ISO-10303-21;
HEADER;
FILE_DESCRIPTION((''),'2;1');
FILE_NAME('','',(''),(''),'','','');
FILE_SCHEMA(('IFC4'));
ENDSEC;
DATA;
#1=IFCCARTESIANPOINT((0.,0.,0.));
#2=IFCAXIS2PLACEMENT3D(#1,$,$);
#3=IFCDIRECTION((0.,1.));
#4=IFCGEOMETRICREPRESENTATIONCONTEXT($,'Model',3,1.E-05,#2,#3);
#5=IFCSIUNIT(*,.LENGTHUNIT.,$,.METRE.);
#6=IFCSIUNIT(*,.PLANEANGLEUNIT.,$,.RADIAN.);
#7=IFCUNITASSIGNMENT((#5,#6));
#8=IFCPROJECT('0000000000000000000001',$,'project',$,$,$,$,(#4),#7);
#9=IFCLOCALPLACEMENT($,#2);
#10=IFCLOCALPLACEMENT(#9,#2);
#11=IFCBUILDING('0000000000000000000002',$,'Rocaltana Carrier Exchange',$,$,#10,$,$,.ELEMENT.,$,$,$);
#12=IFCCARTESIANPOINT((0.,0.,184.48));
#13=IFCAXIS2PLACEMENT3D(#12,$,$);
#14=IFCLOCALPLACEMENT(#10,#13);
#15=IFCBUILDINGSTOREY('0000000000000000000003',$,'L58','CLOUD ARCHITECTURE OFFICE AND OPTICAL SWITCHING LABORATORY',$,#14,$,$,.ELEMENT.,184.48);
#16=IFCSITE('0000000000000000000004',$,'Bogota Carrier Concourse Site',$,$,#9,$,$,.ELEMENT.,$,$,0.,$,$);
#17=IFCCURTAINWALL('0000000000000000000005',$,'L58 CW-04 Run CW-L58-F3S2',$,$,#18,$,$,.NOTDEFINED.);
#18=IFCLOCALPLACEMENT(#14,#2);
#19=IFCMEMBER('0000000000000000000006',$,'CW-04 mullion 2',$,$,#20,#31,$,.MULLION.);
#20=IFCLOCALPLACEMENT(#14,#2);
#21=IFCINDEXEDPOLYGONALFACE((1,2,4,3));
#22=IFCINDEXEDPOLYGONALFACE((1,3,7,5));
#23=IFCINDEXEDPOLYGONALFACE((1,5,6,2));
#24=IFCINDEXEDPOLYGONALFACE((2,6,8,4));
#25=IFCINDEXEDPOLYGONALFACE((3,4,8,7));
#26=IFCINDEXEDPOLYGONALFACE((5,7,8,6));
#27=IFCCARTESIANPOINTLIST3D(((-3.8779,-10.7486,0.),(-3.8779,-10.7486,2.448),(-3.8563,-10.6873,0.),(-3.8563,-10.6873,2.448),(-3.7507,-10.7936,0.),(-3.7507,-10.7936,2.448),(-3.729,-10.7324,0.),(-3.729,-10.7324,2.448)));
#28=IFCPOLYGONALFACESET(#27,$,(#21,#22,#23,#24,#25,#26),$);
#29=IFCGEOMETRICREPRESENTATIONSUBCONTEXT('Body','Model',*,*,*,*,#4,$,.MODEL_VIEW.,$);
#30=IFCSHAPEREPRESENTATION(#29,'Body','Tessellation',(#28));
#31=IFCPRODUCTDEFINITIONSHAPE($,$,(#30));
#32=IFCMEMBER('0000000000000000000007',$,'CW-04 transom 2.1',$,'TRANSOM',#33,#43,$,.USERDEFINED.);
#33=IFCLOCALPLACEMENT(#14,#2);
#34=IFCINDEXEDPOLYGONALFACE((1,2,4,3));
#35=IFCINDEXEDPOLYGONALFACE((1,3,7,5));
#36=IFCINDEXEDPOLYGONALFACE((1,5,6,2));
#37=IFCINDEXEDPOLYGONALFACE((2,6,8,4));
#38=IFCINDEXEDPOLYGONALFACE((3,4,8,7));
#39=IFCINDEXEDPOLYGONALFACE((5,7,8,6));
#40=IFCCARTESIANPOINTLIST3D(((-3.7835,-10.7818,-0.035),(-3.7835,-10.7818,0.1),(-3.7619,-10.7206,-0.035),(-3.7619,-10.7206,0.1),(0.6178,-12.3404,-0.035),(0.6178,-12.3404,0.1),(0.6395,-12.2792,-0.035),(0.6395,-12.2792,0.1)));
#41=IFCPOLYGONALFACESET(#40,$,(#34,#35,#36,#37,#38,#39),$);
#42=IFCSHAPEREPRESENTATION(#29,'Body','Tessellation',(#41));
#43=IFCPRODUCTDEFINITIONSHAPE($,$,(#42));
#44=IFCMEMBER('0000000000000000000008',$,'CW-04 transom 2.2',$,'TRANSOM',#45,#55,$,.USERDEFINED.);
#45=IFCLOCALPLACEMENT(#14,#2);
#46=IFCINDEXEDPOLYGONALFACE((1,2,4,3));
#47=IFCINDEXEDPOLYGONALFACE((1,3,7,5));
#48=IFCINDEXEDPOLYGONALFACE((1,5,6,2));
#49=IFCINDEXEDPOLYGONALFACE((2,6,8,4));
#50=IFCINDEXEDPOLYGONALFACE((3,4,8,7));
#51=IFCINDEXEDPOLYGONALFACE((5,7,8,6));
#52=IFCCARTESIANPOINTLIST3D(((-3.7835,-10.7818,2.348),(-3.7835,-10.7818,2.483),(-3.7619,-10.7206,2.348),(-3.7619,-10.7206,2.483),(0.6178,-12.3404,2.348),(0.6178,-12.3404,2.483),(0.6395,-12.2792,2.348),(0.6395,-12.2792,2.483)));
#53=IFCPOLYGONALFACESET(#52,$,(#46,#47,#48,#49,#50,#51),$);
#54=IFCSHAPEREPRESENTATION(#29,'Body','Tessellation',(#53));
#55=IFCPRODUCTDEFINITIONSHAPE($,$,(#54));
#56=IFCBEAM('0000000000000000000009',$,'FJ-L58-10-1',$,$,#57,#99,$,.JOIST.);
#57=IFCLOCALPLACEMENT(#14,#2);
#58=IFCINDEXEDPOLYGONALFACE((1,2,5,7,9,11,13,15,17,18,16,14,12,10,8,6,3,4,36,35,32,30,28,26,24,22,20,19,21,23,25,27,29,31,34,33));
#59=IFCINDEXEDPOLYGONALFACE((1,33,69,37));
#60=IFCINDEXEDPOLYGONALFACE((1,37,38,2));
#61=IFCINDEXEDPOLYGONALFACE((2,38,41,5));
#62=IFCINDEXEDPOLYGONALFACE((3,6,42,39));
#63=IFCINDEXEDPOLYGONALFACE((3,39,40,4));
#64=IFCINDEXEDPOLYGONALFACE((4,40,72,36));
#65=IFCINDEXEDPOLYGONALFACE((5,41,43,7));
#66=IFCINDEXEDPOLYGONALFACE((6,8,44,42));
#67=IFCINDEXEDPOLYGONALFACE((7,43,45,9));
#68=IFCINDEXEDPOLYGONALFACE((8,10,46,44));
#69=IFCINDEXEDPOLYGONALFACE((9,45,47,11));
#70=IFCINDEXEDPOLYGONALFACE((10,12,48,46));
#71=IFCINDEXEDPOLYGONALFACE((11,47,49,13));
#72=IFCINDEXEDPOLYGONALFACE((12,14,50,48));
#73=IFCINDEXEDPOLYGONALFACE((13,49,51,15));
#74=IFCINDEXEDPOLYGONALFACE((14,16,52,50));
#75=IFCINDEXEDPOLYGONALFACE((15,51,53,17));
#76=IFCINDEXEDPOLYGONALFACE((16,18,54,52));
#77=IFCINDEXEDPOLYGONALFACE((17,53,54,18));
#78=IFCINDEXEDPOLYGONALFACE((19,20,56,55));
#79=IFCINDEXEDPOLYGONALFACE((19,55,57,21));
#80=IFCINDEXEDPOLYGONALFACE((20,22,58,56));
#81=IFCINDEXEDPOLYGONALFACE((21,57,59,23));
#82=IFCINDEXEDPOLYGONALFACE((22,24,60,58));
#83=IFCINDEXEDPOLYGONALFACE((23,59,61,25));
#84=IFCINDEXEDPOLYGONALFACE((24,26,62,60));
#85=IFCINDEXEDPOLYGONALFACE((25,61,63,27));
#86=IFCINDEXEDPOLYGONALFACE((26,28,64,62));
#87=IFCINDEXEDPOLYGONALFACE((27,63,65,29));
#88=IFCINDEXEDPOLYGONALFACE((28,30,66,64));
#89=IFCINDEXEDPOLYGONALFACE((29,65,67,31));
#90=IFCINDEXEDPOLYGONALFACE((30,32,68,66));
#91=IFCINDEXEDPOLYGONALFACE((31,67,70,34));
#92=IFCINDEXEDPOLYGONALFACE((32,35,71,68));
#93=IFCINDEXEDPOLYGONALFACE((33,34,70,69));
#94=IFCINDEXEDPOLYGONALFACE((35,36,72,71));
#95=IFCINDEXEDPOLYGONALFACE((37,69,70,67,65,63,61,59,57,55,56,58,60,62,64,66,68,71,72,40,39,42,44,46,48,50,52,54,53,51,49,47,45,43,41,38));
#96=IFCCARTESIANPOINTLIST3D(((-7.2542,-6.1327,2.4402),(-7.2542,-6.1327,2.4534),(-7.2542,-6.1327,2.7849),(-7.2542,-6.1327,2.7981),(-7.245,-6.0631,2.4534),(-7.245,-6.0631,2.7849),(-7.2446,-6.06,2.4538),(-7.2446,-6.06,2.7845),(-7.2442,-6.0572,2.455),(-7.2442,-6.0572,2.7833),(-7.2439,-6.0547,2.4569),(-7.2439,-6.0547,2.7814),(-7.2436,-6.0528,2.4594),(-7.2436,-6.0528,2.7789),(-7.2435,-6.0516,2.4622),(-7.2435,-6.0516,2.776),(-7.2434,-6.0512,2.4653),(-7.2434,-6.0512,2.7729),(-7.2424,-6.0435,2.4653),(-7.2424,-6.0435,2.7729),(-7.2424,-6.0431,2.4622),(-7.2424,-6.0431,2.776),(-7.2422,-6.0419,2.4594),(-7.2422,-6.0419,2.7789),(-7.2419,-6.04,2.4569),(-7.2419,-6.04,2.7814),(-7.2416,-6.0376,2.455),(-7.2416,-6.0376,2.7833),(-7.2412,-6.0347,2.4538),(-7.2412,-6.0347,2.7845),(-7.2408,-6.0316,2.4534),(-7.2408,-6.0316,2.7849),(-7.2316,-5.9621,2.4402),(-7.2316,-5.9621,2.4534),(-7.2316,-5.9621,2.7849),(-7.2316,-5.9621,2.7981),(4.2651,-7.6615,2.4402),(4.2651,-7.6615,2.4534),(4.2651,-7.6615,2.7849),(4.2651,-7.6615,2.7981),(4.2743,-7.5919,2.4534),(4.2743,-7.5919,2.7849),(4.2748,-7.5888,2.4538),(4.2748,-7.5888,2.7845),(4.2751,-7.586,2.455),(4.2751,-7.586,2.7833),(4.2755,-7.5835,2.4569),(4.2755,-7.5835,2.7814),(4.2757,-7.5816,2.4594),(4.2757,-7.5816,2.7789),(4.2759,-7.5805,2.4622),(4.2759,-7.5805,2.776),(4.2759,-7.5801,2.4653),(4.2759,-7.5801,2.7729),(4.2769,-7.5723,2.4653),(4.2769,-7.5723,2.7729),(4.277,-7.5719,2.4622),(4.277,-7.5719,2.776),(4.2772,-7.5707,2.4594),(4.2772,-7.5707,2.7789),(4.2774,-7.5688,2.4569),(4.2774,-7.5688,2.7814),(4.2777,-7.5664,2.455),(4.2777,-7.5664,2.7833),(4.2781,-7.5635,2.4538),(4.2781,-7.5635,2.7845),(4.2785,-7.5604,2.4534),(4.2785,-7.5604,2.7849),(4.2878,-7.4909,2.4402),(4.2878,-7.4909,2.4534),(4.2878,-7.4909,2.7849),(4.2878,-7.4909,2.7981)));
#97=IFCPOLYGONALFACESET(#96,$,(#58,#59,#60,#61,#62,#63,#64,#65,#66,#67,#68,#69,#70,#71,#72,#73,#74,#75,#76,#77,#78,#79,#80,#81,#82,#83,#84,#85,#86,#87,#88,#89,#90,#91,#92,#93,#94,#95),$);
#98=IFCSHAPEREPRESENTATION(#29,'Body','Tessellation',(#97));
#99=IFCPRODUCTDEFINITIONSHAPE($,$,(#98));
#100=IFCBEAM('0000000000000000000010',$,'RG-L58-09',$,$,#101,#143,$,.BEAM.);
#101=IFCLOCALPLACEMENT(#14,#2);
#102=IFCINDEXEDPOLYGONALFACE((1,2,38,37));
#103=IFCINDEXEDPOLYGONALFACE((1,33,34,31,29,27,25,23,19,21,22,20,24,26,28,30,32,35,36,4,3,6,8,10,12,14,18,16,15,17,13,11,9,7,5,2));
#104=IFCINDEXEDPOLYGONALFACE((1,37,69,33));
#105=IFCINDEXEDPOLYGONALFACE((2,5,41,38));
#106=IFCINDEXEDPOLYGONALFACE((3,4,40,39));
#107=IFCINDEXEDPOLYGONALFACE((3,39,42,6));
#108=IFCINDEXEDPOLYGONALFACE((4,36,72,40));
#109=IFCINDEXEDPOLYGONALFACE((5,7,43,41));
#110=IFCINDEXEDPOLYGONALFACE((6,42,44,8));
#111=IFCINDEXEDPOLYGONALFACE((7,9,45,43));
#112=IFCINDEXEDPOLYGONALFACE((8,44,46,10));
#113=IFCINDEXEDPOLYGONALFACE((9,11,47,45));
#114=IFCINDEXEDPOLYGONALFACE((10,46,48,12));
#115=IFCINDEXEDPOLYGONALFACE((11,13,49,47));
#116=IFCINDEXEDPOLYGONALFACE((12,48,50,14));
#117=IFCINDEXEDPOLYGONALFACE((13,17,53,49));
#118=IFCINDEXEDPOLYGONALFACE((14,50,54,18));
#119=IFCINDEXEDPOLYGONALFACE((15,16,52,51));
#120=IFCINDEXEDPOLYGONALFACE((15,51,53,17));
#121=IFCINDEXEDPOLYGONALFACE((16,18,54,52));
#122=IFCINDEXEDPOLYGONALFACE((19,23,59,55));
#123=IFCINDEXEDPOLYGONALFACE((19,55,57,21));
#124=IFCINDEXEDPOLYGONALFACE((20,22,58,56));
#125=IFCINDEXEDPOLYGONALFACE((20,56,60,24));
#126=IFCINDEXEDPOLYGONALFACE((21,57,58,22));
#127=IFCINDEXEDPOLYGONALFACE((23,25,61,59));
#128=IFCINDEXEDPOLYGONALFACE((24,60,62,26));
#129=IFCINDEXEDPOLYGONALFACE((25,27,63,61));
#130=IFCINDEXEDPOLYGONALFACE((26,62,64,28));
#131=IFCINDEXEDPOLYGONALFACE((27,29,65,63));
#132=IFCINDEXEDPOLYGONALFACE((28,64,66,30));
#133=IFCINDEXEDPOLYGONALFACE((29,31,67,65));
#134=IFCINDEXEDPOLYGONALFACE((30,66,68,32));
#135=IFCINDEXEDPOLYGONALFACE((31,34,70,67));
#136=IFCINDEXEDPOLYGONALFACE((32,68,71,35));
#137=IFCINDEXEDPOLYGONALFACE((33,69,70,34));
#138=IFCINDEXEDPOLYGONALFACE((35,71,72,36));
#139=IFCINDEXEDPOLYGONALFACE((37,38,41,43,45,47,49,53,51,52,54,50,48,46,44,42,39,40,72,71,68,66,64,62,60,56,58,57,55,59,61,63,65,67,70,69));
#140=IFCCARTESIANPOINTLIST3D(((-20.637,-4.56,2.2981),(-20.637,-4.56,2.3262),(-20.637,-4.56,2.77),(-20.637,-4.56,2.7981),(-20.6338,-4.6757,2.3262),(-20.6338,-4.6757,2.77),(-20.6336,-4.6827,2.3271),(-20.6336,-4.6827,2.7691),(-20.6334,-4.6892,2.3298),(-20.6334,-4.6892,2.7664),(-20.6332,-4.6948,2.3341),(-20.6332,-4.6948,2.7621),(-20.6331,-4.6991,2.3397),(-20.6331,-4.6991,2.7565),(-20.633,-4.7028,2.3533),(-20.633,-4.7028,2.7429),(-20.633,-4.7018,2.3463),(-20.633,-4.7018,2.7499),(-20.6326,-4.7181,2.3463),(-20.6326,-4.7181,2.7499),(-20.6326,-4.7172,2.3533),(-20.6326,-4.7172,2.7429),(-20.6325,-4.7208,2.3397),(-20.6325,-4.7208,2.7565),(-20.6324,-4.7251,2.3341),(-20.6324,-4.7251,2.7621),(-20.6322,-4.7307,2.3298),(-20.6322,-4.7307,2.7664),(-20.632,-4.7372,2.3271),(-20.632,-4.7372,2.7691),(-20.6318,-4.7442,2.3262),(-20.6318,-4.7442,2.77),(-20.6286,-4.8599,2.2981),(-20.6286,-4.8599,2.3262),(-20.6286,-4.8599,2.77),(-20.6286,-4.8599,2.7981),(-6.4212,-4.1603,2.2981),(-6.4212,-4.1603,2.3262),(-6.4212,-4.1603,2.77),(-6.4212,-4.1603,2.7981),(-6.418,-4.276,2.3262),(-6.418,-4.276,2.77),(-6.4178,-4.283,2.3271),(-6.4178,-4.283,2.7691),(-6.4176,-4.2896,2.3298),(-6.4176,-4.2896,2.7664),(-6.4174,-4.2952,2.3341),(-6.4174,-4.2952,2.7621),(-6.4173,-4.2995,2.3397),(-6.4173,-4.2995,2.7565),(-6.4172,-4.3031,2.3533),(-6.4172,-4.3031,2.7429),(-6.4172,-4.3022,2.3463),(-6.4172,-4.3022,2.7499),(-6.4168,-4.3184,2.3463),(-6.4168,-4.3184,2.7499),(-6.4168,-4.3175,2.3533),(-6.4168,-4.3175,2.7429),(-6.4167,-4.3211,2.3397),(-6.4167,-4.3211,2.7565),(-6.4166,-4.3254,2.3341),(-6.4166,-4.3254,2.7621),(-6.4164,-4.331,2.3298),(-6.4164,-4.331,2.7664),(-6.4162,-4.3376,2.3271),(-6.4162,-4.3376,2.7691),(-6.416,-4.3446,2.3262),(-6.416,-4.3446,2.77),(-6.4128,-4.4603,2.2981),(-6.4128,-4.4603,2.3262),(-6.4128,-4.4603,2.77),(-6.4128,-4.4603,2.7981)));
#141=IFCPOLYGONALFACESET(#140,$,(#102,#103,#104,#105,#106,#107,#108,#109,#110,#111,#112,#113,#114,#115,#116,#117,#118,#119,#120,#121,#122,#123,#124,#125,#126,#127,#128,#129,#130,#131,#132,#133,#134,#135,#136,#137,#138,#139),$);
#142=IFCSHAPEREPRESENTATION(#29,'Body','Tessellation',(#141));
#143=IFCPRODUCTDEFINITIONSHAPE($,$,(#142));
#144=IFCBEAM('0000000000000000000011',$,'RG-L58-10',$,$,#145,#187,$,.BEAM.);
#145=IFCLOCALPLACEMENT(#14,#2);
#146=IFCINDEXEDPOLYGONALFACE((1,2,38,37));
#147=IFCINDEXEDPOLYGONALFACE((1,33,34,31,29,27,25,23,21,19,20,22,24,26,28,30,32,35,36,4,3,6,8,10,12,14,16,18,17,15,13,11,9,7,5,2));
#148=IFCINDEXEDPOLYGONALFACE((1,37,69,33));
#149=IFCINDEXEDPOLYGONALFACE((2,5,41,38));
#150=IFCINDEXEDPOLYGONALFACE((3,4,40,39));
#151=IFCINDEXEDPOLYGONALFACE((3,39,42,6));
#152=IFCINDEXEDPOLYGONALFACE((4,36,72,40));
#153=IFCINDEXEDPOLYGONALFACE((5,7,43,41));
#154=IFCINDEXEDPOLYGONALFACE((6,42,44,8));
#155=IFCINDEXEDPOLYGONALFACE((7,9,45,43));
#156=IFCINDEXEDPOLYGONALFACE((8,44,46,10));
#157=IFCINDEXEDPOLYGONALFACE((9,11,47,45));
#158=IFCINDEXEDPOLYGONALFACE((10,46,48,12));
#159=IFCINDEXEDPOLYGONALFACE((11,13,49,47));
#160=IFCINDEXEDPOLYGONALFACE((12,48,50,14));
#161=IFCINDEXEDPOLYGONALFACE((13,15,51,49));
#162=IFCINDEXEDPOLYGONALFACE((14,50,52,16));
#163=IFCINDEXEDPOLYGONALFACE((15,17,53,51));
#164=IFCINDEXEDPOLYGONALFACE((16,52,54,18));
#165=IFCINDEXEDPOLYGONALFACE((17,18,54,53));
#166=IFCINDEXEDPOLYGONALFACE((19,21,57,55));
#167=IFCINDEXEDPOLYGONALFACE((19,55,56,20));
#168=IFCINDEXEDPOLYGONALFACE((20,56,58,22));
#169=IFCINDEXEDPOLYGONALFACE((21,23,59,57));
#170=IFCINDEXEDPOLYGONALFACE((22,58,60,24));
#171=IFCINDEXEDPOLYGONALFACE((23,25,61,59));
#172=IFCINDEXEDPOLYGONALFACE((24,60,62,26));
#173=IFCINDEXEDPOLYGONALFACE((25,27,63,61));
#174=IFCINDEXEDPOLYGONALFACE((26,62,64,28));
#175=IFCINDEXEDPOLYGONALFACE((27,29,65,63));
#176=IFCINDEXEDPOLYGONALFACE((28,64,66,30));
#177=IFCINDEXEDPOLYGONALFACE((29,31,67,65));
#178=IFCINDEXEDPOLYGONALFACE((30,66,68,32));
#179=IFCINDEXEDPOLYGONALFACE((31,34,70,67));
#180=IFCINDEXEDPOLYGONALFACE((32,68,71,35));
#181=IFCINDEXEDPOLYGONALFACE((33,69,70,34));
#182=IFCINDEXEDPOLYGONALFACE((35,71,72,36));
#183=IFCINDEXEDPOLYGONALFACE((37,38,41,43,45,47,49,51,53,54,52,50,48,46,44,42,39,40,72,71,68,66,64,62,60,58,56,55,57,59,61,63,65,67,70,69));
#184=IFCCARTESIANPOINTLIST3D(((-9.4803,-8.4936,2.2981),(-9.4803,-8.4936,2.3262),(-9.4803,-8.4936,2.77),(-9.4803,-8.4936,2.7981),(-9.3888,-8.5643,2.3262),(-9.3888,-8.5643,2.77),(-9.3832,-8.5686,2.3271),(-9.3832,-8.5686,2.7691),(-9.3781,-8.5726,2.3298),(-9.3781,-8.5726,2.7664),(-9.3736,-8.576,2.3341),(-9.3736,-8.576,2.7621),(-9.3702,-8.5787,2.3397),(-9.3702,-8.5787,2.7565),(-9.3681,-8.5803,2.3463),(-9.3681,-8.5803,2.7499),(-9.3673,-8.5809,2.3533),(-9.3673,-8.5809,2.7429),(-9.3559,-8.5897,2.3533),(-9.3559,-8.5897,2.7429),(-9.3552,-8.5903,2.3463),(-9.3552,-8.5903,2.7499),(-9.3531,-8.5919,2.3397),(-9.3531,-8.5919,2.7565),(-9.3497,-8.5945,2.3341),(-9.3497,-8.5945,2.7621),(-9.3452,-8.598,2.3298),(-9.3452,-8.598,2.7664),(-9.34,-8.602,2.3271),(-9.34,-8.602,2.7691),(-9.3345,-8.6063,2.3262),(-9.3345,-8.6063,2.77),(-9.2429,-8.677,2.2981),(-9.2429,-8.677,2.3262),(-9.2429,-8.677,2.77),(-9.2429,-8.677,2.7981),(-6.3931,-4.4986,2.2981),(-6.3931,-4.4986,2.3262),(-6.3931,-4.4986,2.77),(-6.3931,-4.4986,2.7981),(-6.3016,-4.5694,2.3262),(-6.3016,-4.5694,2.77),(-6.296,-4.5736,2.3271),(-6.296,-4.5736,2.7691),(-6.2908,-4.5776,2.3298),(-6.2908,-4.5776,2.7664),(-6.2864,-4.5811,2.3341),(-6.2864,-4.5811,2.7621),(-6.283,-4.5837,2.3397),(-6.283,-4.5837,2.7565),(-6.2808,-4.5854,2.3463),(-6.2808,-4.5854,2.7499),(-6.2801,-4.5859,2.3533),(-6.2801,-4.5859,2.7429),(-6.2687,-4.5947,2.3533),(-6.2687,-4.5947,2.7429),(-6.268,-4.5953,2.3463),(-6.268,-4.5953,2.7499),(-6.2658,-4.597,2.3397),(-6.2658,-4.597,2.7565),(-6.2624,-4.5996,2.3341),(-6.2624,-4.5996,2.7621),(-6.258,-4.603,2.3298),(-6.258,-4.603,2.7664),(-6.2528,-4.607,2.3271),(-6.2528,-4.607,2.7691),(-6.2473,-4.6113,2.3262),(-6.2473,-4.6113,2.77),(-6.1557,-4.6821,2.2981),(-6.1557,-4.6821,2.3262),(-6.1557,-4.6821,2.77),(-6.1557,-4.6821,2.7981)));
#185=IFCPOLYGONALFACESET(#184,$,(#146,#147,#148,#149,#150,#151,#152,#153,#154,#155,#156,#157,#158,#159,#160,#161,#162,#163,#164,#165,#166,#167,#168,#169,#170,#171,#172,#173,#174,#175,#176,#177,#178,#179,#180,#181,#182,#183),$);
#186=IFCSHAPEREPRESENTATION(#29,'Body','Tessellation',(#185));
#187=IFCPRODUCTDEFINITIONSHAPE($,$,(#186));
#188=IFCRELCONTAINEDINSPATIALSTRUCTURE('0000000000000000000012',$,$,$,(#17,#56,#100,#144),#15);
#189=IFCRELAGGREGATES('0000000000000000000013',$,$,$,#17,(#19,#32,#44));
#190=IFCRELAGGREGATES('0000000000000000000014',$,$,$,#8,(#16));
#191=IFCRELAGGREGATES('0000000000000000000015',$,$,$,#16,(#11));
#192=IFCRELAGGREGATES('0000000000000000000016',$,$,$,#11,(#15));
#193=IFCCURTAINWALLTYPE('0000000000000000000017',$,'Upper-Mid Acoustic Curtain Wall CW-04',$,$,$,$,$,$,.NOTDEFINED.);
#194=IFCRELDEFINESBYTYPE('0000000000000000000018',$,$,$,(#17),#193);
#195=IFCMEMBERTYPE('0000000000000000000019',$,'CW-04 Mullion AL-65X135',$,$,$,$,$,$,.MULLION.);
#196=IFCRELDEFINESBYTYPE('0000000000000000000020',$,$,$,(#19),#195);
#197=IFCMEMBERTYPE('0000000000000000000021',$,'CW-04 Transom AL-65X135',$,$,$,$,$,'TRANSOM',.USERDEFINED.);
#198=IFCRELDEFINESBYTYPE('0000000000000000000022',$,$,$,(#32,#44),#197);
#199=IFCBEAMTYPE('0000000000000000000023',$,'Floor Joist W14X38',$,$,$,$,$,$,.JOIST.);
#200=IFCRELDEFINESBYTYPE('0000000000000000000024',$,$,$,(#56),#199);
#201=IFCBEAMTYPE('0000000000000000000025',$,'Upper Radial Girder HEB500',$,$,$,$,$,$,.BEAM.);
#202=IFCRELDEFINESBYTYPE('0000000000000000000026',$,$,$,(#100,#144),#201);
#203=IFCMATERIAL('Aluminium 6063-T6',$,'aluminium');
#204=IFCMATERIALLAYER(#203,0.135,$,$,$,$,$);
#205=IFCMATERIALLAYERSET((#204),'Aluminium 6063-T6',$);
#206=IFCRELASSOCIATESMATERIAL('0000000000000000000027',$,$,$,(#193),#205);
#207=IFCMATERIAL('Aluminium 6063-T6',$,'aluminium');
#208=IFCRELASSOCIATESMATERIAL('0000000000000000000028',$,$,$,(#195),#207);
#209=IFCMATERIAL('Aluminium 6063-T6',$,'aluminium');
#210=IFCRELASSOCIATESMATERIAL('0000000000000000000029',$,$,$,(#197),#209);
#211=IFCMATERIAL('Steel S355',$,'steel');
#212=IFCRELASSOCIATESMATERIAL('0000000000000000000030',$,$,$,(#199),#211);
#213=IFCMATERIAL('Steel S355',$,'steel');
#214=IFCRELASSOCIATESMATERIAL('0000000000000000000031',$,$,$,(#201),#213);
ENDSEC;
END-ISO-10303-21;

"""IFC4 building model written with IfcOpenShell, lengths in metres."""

from ifc_helpers import new_model, si_unit, direction, frame, origin, origin_2d, place, context, subcontext, project, spatial, rectangle, i_section, extrude, material, layer, layer_set, material_profile, profile_set, type_object, element, aggregate, save


model = new_model("IFC4")

# Units and contexts
model_context = context("Model", 3, precision=1e-05, world=origin(), true_north=direction((0.0, 1.0)))
body_context = subcontext(model_context, "Body", "Model", "MODEL_VIEW")
ifc_project = project(units=[si_unit("LENGTHUNIT", "METRE"), si_unit("PLANEANGLEUNIT", "RADIAN")], contexts=[model_context])

# Site, building, storey
site_placement = place(None, origin())
site = spatial("IfcSite", under=ifc_project, at=site_placement, Name="Bogota Carrier Concourse Site", CompositionType="ELEMENT", RefElevation=0.0)
building_placement = place(site_placement, origin())
building = spatial("IfcBuilding", under=site, at=building_placement, Name="Rocaltana Carrier Exchange", CompositionType="ELEMENT")
storey_placement = place(building_placement, frame((0.0, 0.0, 184.48)))
storey = spatial("IfcBuildingStorey", under=building, at=storey_placement, Name="L58", Description="CLOUD ARCHITECTURE OFFICE AND OPTICAL SWITCHING LABORATORY", CompositionType="ELEMENT", Elevation=184.48)

# Curtain wall, members
ifc_material_1 = material(Name="Aluminium 6063-T6", Category="aluminium")
ifc_layer_1 = layer(ifc_material_1, 0.135)
ifc_layer_set_1 = layer_set([ifc_layer_1], Name="Aluminium 6063-T6")
curtain_wall_type = type_object("IfcCurtainWallType", Name="Upper-Mid Acoustic Curtain Wall CW-04", PredefinedType="NOTDEFINED", material=ifc_layer_set_1)
curtain_wall_placement = place(storey_placement, origin())
curtain_wall = element("IfcCurtainWall", 1, at=curtain_wall_placement, inside=storey, type_object=curtain_wall_type, Name="L58 CW-04 Run CW-L58-F3S2", PredefinedType="NOTDEFINED")
ifc_material_2 = material(Name="Aluminium 6063-T6", Category="aluminium")
ifc_material_profile_1 = material_profile(ifc_material_2, rectangle(XDim=0.0649, YDim=0.135, at=origin_2d()), Name="AL-65X135")
ifc_profile_set_1 = profile_set([ifc_material_profile_1], Name="Aluminium 6063-T6")
member_type_1 = type_object("IfcMemberType", Name="CW-04 Mullion AL-65X135", PredefinedType="MULLION", material=ifc_profile_set_1)
member_1_placement = place(storey_placement, frame((-3.8035, -10.7405, 0.0), z_axis=(0.0, 0.0, 1.0), x_axis=(0.333799, 0.942644, 0.0)))
member_1 = element("IfcMember", 2, at=member_1_placement, type_object=member_type_1, Name="CW-04 mullion 2", PredefinedType="MULLION", context=body_context, shape_type="SweptSolid", body=[
    extrude(rectangle(XDim=0.0649, YDim=0.135, at=origin_2d()), origin(), (0.0, 0.0, 1.0), 2.448),
])
ifc_material_3 = material(Name="Aluminium 6063-T6", Category="aluminium")
ifc_material_profile_2 = material_profile(ifc_material_3, rectangle(XDim=0.0649, YDim=0.135, at=origin_2d()), Name="AL-65X135")
ifc_profile_set_2 = profile_set([ifc_material_profile_2], Name="Aluminium 6063-T6")
member_type_2 = type_object("IfcMemberType", Name="CW-04 Transom AL-65X135", ElementType="TRANSOM", PredefinedType="USERDEFINED", material=ifc_profile_set_2)
member_2_placement = place(storey_placement, frame((-3.7727, -10.7512, 0.0325), z_axis=(0.942642, -0.333805, 0.0), x_axis=(0.333805, 0.942642, 0.0)))
member_2 = element("IfcMember", 3, at=member_2_placement, type_object=member_type_2, Name="CW-04 transom 2.1", ObjectType="TRANSOM", PredefinedType="USERDEFINED", context=body_context, shape_type="SweptSolid", body=[
    extrude(rectangle(XDim=0.0649, YDim=0.135, at=origin_2d()), origin(), (0.0, 0.0, 1.0), 4.6692),
])
member_3_placement = place(storey_placement, frame((-3.7727, -10.7512, 2.4155), z_axis=(0.942642, -0.333805, 0.0), x_axis=(0.333805, 0.942642, 0.0)))
member_3 = element("IfcMember", 4, at=member_3_placement, type_object=member_type_2, Name="CW-04 transom 2.2", ObjectType="TRANSOM", PredefinedType="USERDEFINED", context=body_context, shape_type="SweptSolid", body=[
    extrude(rectangle(XDim=0.0649, YDim=0.135, at=origin_2d()), origin(), (0.0, 0.0, 1.0), 4.6692),
])

# Beams
ifc_material_4 = material(Name="Steel S355", Category="steel")
ifc_material_profile_3 = material_profile(ifc_material_4, i_section(OverallWidth=0.1721, OverallDepth=0.3579, WebThickness=0.0078, FlangeThickness=0.0132, FilletRadius=0.012, at=origin_2d()), Name="W14X38")
ifc_profile_set_3 = profile_set([ifc_material_profile_3], Name="Steel S355")
beam_type_1 = type_object("IfcBeamType", Name="Floor Joist W14X38", PredefinedType="JOIST", material=ifc_profile_set_3)
beam_1_placement = place(storey_placement, frame((-7.2429, -6.0474, 2.6191), z_axis=(0.991308, -0.131564, 0.0), x_axis=(0.131564, 0.991308, 0.0)))
element("IfcBeam", 5, at=beam_1_placement, inside=storey, type_object=beam_type_1, Name="FJ-L58-10-1", PredefinedType="JOIST", context=body_context, shape_type="SweptSolid", body=[
    extrude(i_section(OverallWidth=0.1721, OverallDepth=0.3579, WebThickness=0.0078, FlangeThickness=0.0132, FilletRadius=0.012, at=origin_2d()), origin(), (0.0, 0.0, 1.0), 11.6204),
])
ifc_material_5 = material(Name="Steel S355", Category="steel")
ifc_material_profile_4 = material_profile(ifc_material_5, i_section(OverallWidth=0.3, OverallDepth=0.5, WebThickness=0.0144, FlangeThickness=0.0281, FilletRadius=0.0271, at=origin_2d()), Name="HEB500")
ifc_profile_set_4 = profile_set([ifc_material_profile_4], Name="Steel S355")
beam_type_2 = type_object("IfcBeamType", Name="Upper Radial Girder HEB500", PredefinedType="BEAM", material=ifc_profile_set_4)
beam_2_placement = place(storey_placement, frame((-6.417, -4.3103, 2.5481), z_axis=(-0.999605, -0.028103, 0.0), x_axis=(0.028103, -0.999605, 0.0)))
element("IfcBeam", 6, at=beam_2_placement, inside=storey, type_object=beam_type_2, Name="RG-L58-09", PredefinedType="BEAM", context=body_context, shape_type="SweptSolid", body=[
    extrude(i_section(OverallWidth=0.3, OverallDepth=0.5, WebThickness=0.0144, FlangeThickness=0.0281, FilletRadius=0.0271, at=origin_2d()), origin(), (0.0, 0.0, 1.0), 14.2214),
])
beam_3_placement = place(storey_placement, frame((-6.2744, -4.5903, 2.5481), z_axis=(-0.611474, -0.791265, 0.0), x_axis=(0.791265, -0.611474, 0.0)))
element("IfcBeam", 7, at=beam_3_placement, inside=storey, type_object=beam_type_2, Name="RG-L58-10", PredefinedType="BEAM", context=body_context, shape_type="SweptSolid", body=[
    extrude(i_section(OverallWidth=0.3, OverallDepth=0.5, WebThickness=0.0144, FlangeThickness=0.0281, FilletRadius=0.0271, at=origin_2d()), origin(), (0.0, 0.0, 1.0), 5.0488),
])

aggregate(curtain_wall, [member_1, member_2, member_3])

save(model, "model.ifc")
